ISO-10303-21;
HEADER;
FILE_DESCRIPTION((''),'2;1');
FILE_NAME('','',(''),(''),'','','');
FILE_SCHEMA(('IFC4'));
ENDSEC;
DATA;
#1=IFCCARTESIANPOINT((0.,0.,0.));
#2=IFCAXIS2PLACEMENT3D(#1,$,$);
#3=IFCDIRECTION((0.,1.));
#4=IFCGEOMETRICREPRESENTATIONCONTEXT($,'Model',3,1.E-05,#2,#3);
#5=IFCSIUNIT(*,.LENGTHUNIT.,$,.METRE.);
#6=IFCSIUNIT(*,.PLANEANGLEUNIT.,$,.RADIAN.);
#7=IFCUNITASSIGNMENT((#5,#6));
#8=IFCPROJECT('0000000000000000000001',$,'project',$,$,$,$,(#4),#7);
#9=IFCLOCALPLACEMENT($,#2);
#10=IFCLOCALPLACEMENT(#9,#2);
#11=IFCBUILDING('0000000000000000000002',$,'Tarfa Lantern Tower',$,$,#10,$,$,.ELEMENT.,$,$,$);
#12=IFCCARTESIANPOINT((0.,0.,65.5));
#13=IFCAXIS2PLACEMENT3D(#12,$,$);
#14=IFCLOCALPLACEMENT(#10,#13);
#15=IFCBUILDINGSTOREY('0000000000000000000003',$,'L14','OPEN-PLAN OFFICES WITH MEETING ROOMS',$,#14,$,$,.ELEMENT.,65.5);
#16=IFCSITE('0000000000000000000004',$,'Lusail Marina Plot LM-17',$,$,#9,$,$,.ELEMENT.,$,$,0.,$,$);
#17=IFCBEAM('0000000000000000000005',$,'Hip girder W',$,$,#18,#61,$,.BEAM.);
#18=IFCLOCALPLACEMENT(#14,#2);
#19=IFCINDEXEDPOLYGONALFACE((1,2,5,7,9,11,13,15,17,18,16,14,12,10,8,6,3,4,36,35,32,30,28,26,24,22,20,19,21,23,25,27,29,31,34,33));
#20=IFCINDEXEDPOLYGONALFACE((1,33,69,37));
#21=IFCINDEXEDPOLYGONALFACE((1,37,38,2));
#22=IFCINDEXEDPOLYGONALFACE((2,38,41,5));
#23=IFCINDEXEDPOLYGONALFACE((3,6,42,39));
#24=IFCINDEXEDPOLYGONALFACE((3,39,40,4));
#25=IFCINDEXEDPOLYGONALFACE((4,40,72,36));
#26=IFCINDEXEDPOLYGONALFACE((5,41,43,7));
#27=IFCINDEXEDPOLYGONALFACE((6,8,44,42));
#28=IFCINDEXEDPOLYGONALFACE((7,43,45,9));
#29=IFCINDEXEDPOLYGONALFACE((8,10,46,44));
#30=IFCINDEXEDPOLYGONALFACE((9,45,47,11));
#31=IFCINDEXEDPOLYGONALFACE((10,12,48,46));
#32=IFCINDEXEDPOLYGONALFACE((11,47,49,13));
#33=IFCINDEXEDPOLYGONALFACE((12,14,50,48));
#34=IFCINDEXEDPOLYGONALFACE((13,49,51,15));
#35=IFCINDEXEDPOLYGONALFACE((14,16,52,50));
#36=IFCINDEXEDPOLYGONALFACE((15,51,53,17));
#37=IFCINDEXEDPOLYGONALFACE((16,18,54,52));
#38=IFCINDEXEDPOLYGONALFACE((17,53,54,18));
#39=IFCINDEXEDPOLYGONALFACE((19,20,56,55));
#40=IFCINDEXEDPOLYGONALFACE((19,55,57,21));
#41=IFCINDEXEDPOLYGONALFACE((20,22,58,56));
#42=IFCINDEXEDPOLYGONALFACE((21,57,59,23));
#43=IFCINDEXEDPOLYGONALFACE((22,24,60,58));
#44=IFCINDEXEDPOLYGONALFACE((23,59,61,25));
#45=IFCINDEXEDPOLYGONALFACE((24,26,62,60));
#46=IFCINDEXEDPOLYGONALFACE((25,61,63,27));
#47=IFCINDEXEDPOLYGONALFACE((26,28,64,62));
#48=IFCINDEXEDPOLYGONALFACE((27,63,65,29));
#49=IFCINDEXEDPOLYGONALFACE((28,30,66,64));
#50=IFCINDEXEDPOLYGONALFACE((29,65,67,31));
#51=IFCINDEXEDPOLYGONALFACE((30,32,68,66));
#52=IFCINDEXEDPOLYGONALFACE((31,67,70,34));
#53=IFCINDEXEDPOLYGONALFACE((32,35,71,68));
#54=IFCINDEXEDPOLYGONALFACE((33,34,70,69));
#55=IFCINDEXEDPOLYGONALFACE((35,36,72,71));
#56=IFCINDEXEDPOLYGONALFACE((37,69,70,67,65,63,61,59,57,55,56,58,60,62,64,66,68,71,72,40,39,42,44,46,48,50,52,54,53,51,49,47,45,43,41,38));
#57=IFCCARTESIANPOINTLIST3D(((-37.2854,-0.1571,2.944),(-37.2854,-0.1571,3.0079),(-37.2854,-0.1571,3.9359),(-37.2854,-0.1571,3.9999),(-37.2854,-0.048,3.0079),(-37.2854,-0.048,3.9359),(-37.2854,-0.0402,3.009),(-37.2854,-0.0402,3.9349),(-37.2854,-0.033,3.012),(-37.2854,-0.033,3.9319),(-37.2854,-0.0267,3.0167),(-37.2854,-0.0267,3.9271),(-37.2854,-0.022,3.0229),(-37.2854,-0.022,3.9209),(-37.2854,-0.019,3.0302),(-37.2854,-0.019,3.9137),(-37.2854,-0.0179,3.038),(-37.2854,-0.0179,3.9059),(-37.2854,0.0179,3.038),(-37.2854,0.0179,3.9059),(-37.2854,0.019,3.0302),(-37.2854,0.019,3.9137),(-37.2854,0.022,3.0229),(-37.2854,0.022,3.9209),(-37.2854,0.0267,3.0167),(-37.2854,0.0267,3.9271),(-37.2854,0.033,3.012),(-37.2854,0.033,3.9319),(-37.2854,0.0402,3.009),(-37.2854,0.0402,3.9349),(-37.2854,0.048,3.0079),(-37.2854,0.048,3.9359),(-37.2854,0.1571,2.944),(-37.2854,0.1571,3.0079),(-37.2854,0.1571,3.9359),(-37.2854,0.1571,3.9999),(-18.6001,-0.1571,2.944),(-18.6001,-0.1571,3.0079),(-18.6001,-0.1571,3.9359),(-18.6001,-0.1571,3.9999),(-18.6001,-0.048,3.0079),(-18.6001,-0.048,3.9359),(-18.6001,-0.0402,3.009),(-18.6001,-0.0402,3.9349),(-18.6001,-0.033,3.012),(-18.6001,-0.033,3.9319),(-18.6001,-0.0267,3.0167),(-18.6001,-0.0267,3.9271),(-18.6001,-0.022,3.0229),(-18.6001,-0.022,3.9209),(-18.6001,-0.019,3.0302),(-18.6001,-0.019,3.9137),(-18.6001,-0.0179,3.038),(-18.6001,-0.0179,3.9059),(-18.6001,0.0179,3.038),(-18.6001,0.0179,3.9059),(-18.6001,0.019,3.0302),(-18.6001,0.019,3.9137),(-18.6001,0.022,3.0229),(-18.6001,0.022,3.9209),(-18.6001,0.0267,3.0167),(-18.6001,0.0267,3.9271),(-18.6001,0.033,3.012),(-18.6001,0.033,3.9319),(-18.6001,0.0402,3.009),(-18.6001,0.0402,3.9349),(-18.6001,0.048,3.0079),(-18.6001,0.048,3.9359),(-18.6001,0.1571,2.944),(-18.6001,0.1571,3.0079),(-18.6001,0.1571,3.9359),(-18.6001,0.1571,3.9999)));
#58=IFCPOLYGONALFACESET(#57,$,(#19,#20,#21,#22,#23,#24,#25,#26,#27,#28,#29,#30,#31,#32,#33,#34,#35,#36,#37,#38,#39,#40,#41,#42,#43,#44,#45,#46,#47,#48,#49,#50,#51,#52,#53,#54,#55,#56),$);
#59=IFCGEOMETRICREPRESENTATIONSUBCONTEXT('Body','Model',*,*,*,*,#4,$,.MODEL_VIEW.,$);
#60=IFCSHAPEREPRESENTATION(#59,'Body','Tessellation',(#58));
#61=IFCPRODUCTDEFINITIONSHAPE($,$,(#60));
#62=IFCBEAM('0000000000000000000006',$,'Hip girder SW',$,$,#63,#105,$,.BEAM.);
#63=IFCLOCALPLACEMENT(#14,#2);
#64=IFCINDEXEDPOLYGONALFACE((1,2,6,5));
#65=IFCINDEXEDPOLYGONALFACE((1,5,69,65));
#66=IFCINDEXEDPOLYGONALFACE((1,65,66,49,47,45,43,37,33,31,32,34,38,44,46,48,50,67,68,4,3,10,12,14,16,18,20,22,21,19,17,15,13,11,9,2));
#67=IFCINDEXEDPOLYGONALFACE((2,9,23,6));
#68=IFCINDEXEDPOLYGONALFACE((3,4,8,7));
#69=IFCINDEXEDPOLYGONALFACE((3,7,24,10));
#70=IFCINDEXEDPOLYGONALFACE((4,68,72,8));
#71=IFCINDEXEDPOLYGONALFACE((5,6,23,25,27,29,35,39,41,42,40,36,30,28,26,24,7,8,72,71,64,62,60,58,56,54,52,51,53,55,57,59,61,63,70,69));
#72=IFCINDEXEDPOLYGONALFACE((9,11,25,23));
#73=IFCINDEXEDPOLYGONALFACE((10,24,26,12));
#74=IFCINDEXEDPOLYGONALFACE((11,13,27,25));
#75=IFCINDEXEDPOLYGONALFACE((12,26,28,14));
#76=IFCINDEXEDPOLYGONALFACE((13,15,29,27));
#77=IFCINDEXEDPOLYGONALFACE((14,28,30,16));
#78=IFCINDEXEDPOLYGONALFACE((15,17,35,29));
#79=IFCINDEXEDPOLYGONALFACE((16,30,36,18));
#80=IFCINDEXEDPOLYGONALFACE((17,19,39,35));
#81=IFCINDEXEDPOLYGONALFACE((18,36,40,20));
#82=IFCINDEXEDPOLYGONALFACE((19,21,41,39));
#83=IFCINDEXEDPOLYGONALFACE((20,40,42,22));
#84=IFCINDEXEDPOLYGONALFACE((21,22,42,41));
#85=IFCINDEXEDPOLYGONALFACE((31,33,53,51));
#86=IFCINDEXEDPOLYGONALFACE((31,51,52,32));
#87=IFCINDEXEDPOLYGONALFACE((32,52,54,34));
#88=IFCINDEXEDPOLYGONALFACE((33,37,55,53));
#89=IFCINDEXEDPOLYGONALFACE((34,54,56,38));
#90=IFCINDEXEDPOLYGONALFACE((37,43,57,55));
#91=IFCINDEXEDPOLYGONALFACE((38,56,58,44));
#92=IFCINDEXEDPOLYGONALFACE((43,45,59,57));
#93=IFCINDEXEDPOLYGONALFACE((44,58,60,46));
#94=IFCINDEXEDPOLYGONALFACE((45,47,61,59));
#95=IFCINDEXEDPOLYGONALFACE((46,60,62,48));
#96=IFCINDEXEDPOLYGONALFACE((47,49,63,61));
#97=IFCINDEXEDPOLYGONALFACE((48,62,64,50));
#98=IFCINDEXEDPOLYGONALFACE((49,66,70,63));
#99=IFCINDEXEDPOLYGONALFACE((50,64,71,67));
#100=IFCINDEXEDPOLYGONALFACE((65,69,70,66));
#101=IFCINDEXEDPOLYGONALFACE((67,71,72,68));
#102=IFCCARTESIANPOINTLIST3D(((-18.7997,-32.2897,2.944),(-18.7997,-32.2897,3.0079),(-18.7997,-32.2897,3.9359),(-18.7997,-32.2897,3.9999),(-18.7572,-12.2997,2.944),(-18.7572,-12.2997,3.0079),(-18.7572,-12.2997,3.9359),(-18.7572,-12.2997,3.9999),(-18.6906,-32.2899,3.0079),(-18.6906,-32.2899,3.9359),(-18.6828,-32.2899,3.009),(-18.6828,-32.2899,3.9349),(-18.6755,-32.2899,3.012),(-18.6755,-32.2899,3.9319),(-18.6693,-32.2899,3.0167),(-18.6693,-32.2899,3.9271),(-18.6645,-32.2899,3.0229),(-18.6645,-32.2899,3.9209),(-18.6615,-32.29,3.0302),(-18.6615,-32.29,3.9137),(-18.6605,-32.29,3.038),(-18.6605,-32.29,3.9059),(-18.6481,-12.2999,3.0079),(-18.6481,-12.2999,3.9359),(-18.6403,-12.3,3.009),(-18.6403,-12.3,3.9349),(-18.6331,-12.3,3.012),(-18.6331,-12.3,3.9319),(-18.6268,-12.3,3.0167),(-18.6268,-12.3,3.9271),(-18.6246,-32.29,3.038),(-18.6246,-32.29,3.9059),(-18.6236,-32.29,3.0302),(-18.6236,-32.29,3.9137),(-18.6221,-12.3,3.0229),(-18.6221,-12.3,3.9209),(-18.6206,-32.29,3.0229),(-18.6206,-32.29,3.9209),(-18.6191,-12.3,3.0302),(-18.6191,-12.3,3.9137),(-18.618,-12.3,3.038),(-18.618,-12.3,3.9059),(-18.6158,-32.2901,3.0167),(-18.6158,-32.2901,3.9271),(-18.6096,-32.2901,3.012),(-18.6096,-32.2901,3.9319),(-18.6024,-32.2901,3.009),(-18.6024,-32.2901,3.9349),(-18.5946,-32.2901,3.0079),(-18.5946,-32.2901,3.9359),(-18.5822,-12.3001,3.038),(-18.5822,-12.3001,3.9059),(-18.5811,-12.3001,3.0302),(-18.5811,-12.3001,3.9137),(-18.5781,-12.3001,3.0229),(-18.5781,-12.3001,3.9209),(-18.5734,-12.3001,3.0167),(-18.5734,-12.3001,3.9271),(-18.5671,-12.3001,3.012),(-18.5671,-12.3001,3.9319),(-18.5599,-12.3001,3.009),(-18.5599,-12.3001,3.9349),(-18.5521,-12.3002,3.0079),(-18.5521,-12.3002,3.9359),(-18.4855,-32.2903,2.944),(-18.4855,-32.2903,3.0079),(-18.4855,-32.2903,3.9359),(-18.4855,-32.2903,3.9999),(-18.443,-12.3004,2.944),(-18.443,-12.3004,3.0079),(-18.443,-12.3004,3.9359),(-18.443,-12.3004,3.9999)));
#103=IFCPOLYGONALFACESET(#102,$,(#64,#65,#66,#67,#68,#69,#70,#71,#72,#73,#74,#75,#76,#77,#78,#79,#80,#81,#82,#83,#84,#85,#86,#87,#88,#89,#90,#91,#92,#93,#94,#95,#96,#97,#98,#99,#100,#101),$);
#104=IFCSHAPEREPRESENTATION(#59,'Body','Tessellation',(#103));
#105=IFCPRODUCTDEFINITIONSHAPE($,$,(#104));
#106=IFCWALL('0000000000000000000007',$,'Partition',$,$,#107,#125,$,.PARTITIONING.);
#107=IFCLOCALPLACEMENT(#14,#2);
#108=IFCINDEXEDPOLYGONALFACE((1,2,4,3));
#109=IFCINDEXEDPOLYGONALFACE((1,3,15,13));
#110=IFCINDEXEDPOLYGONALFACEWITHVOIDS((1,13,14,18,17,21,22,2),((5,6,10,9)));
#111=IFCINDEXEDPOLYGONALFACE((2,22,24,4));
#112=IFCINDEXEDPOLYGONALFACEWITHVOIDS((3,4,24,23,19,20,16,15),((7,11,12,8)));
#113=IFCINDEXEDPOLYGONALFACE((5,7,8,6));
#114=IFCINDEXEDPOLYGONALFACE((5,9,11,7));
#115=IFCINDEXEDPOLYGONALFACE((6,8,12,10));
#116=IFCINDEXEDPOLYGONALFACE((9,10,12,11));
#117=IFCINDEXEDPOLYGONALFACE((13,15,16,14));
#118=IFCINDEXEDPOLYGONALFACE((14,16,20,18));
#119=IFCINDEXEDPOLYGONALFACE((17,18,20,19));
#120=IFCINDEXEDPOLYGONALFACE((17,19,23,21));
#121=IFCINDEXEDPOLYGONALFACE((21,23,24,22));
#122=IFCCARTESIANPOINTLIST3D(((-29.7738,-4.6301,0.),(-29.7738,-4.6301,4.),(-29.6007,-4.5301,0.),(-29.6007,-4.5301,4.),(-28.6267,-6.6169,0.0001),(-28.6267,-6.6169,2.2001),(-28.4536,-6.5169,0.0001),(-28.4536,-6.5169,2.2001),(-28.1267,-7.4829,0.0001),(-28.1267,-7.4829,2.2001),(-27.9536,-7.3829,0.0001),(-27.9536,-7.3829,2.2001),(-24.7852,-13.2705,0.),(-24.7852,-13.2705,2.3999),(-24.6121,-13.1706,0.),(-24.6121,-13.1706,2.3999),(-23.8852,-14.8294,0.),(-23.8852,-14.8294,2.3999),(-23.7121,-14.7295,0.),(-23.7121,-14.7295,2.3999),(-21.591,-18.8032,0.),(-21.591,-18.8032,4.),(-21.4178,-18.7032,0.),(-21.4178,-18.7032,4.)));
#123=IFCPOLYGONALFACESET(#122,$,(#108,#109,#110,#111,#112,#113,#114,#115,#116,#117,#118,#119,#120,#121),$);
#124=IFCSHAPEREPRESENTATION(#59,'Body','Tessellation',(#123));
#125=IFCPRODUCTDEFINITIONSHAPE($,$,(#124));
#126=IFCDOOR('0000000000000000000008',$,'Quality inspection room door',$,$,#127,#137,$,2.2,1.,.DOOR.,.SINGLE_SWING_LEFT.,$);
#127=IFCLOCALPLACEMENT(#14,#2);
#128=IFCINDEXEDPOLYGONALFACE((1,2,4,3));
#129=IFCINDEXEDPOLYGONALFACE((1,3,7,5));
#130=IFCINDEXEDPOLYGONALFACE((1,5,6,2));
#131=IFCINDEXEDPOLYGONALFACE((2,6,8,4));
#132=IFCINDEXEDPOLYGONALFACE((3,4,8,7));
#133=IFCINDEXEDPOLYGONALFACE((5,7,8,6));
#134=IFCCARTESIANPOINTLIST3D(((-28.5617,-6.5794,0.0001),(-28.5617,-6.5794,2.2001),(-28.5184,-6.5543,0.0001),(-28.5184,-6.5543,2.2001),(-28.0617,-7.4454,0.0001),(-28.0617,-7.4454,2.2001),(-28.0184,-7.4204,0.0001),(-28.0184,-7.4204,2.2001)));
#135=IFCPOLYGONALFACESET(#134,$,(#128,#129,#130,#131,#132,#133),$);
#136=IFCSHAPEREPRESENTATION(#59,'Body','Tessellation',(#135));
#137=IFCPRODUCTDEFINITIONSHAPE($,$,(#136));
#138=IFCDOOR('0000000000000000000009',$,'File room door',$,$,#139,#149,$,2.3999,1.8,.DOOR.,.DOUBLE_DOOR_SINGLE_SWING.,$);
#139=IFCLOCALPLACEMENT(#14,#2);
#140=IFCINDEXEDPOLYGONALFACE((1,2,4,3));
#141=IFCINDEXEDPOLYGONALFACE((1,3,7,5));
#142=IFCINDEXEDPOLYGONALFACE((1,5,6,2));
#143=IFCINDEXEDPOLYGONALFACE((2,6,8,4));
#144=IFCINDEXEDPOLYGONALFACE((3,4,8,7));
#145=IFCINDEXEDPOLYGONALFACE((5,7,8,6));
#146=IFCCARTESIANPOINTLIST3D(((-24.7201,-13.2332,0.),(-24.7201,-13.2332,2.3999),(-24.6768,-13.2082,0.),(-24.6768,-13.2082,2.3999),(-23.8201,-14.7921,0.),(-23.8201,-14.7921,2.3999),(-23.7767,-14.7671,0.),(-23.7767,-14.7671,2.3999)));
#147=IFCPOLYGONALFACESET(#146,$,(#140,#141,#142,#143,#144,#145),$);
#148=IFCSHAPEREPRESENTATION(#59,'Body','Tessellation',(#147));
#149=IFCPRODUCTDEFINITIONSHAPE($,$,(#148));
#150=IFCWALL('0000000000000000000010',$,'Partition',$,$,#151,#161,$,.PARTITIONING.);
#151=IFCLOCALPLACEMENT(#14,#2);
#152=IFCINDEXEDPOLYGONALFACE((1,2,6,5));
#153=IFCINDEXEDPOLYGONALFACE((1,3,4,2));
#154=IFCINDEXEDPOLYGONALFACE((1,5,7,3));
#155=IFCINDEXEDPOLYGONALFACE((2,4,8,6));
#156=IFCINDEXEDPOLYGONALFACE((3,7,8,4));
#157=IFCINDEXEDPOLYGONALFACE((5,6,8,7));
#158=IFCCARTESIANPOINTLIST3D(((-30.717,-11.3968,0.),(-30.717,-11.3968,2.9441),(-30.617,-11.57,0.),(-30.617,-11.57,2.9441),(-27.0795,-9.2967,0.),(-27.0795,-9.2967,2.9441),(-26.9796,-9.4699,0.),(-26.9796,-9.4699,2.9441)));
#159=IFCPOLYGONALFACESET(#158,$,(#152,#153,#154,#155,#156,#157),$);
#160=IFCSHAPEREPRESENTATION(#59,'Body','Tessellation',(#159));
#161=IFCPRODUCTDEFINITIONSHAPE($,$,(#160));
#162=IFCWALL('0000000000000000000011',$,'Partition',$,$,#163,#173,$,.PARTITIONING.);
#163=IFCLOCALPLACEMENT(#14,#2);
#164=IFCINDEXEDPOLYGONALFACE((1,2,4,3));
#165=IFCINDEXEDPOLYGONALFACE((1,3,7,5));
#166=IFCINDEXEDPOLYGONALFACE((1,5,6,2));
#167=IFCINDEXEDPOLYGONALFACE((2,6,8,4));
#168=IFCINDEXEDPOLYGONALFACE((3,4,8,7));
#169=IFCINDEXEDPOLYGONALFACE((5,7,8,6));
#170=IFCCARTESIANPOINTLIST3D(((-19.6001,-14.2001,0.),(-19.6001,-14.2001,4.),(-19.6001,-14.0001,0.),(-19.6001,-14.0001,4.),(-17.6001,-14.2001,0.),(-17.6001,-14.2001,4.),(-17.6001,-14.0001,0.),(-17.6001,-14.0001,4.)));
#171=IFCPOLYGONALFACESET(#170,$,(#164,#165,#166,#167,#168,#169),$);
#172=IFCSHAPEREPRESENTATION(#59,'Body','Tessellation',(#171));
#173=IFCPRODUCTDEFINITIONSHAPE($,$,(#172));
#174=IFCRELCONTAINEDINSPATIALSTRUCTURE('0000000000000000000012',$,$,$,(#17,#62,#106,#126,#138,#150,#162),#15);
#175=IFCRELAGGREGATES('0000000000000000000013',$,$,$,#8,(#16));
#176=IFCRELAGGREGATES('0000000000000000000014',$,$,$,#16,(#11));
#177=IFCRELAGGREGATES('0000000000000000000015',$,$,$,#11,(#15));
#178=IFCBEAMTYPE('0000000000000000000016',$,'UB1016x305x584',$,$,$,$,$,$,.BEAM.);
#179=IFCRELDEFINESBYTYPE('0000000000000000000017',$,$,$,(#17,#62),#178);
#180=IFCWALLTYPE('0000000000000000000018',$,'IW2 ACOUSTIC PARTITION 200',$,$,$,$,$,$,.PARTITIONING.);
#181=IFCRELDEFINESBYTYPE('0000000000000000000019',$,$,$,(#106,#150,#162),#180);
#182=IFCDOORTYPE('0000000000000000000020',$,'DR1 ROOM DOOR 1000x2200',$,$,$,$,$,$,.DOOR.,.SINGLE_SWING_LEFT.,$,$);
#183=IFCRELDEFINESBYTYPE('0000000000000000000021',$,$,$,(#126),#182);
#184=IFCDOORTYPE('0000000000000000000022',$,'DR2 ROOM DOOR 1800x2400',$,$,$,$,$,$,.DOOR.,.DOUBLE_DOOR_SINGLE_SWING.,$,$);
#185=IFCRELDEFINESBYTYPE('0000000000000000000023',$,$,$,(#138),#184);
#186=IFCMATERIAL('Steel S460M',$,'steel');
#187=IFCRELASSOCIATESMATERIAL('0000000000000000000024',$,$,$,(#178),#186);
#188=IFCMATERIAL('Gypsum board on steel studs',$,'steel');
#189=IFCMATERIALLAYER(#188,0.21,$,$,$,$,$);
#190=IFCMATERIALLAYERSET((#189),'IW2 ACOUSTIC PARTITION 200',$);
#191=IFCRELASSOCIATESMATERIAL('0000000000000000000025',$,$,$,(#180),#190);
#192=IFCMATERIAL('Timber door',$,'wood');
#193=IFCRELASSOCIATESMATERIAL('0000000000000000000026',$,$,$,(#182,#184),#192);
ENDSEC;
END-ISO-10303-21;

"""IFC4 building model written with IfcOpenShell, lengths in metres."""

from ifc_helpers import new_model, si_unit, direction, frame, frame_2d, origin, origin_2d, place, context, subcontext, project, spatial, rectangle, i_section, extrude, material, layer, layer_set, material_profile, profile_set, type_object, element, fill, save


model = new_model("IFC4")

# Units and contexts
model_context = context("Model", 3, precision=1e-05, world=origin(), true_north=direction((0.0, 1.0)))
body_context = subcontext(model_context, "Body", "Model", "MODEL_VIEW")
ifc_project = project(units=[si_unit("LENGTHUNIT", "METRE"), si_unit("PLANEANGLEUNIT", "RADIAN")], contexts=[model_context])

# Site, building, storey
site_placement = place(None, origin())
site = spatial("IfcSite", under=ifc_project, at=site_placement, Name="Lusail Marina Plot LM-17", CompositionType="ELEMENT", RefElevation=0.0)
building_placement = place(site_placement, origin())
building = spatial("IfcBuilding", under=site, at=building_placement, Name="Tarfa Lantern Tower", CompositionType="ELEMENT")
storey_placement = place(building_placement, frame((0.0, 0.0, 65.5)))
storey = spatial("IfcBuildingStorey", under=building, at=storey_placement, Name="L14", Description="OPEN-PLAN OFFICES WITH MEETING ROOMS", CompositionType="ELEMENT", Elevation=65.5)

# Beams
ifc_material_1 = material(Name="Steel S460M", Category="steel")
ifc_material_profile = material_profile(ifc_material_1, i_section(OverallWidth=0.3142, OverallDepth=1.0559, WebThickness=0.0359, FlangeThickness=0.064, FilletRadius=0.03, at=origin_2d()), Name="UB1016x305x584")
ifc_profile_set = profile_set([ifc_material_profile], Name="Steel S460M")
beam_type = type_object("IfcBeamType", Name="UB1016x305x584", PredefinedType="BEAM", material=ifc_profile_set)
beam_1_placement = place(storey_placement, frame((-18.6001, 0.0, 3.4719), z_axis=(-1.0, 0.0, 0.0), x_axis=(0.0, -1.0, 0.0)))
element("IfcBeam", 1, at=beam_1_placement, inside=storey, type_object=beam_type, Name="Hip girder W", PredefinedType="BEAM", context=body_context, shape_type="SweptSolid", body=[
    extrude(i_section(OverallWidth=0.3142, OverallDepth=1.0559, WebThickness=0.0359, FlangeThickness=0.064, FilletRadius=0.03, at=origin_2d()), origin(), (0.0, 0.0, 1.0), 18.6853),
])
beam_2_placement = place(storey_placement, frame((-18.6001, -12.3, 3.4719), z_axis=(-0.002125, -0.999998, 0.0), x_axis=(0.999998, -0.002125, 0.0)))
element("IfcBeam", 2, at=beam_2_placement, inside=storey, type_object=beam_type, Name="Hip girder SW", PredefinedType="BEAM", context=body_context, shape_type="SweptSolid", body=[
    extrude(i_section(OverallWidth=0.3142, OverallDepth=1.0559, WebThickness=0.0359, FlangeThickness=0.064, FilletRadius=0.03, at=origin_2d()), origin(), (0.0, 0.0, 1.0), 19.99),
])

# Wall, openings, doors
ifc_material_2 = material(Name="Gypsum board on steel studs", Category="steel")
ifc_layer_1 = layer(ifc_material_2, 0.21)
ifc_layer_set_1 = layer_set([ifc_layer_1], Name="IW2 ACOUSTIC PARTITION 200")
wall_type_1 = type_object("IfcWallType", Name="IW2 ACOUSTIC PARTITION 200", PredefinedType="PARTITIONING", material=ifc_layer_set_1)
wall_1_placement = place(storey_placement, frame((-29.6873, -4.5801, 0.0), z_axis=(0.0, 0.0, 1.0), x_axis=(0.500001, -0.866025, 0.0)))
wall_1 = element("IfcWall", 3, at=wall_1_placement, inside=storey, type_object=wall_type_1, Name="Partition", PredefinedType="PARTITIONING", context=body_context, shape_type="SweptSolid", body=[
    extrude(rectangle(XDim=16.3657, YDim=0.2, at=frame_2d((8.1829, 0.0))), origin(), (0.0, 0.0, 1.0), 4.0),
])
opening_1_placement = place(wall_1_placement, frame((2.2942, 0.0, 0.0)))
opening_1 = element("IfcOpeningElement", 4, at=opening_1_placement, cuts=wall_1, PredefinedType="OPENING", context=body_context, shape_type="SweptSolid", body=[
    extrude(rectangle(XDim=1.0, YDim=2.2, at=frame_2d((0.5, 1.1001))), frame((0.0, 0.1099, 0.0), z_axis=(0.0, -1.0, 0.0), x_axis=(1.0, 0.0, 0.0)), (0.0, 0.0, 1.0), 0.22),
])
opening_2_placement = place(wall_1_placement, frame((9.9773, 0.0, 0.0)))
opening_2 = element("IfcOpeningElement", 5, at=opening_2_placement, cuts=wall_1, PredefinedType="OPENING", context=body_context, shape_type="SweptSolid", body=[
    extrude(rectangle(XDim=1.8, YDim=2.3999, at=frame_2d((0.8999, 1.2))), frame((0.0, 0.1099, 0.0), z_axis=(0.0, -1.0, 0.0), x_axis=(1.0, 0.0, 0.0)), (0.0, 0.0, 1.0), 0.22),
])
ifc_material_3 = material(Name="Timber door", Category="wood")
door_type_1 = type_object("IfcDoorType", Name="DR1 ROOM DOOR 1000x2200", OperationType="SINGLE_SWING_LEFT", PredefinedType="DOOR", material=ifc_material_3)
door_1_placement = place(opening_1_placement, frame((1.0, 0.0, 0.0), z_axis=(0.0, 0.0, 1.0), x_axis=(-1.0, 0.0, 0.0)))
door_1 = element("IfcDoor", 6, at=door_1_placement, inside=storey, type_object=door_type_1, Name="Quality inspection room door", OperationType="SINGLE_SWING_LEFT", OverallHeight=2.2, OverallWidth=1.0, PredefinedType="DOOR", context=body_context, shape_type="SweptSolid", body=[
    extrude(rectangle(XDim=1.0, YDim=2.2, at=frame_2d((0.5, 1.1001))), frame((0.0, 0.0249, 0.0), z_axis=(0.0, -1.0, 0.0), x_axis=(1.0, 0.0, 0.0)), (0.0, 0.0, 1.0), 0.05),
])
fill(opening_1, door_1)
door_type_2 = type_object("IfcDoorType", Name="DR2 ROOM DOOR 1800x2400", OperationType="DOUBLE_DOOR_SINGLE_SWING", PredefinedType="DOOR", material=ifc_material_3)
door_2_placement = place(opening_2_placement, frame((1.8, 0.0, 0.0), z_axis=(0.0, 0.0, 1.0), x_axis=(-1.0, 0.0, 0.0)))
door_2 = element("IfcDoor", 7, at=door_2_placement, inside=storey, type_object=door_type_2, Name="File room door", OperationType="DOUBLE_DOOR_SINGLE_SWING", OverallHeight=2.3999, OverallWidth=1.8, PredefinedType="DOOR", context=body_context, shape_type="SweptSolid", body=[
    extrude(rectangle(XDim=1.8, YDim=2.3999, at=frame_2d((0.8999, 1.2))), frame((0.0, 0.0249, 0.0), z_axis=(0.0, -1.0, 0.0), x_axis=(1.0, 0.0, 0.0)), (0.0, 0.0, 1.0), 0.05),
])
fill(opening_2, door_2)

# Walls
wall_2_placement = place(storey_placement, frame((-27.0295, -9.3833, 0.0), z_axis=(0.0, 0.0, 1.0), x_axis=(-0.866024, -0.500003, 0.0)))
element("IfcWall", 8, at=wall_2_placement, inside=storey, type_object=wall_type_1, Name="Partition", PredefinedType="PARTITIONING", context=body_context, shape_type="SweptSolid", body=[
    extrude(rectangle(XDim=4.2002, YDim=0.2, at=frame_2d((2.1001, 0.0))), origin(), (0.0, 0.0, 1.0), 2.9441),
])
wall_3_placement = place(storey_placement, frame((-17.6001, -14.1001, 0.0), z_axis=(0.0, 0.0, 1.0), x_axis=(-1.0, 0.0, 0.0)))
element("IfcWall", 9, at=wall_3_placement, inside=storey, type_object=wall_type_1, Name="Partition", PredefinedType="PARTITIONING", context=body_context, shape_type="SweptSolid", body=[
    extrude(rectangle(XDim=2.0, YDim=0.2, at=frame_2d((1.0, 0.0))), origin(), (0.0, 0.0, 1.0), 4.0),
])

save(model, "model.ifc")
